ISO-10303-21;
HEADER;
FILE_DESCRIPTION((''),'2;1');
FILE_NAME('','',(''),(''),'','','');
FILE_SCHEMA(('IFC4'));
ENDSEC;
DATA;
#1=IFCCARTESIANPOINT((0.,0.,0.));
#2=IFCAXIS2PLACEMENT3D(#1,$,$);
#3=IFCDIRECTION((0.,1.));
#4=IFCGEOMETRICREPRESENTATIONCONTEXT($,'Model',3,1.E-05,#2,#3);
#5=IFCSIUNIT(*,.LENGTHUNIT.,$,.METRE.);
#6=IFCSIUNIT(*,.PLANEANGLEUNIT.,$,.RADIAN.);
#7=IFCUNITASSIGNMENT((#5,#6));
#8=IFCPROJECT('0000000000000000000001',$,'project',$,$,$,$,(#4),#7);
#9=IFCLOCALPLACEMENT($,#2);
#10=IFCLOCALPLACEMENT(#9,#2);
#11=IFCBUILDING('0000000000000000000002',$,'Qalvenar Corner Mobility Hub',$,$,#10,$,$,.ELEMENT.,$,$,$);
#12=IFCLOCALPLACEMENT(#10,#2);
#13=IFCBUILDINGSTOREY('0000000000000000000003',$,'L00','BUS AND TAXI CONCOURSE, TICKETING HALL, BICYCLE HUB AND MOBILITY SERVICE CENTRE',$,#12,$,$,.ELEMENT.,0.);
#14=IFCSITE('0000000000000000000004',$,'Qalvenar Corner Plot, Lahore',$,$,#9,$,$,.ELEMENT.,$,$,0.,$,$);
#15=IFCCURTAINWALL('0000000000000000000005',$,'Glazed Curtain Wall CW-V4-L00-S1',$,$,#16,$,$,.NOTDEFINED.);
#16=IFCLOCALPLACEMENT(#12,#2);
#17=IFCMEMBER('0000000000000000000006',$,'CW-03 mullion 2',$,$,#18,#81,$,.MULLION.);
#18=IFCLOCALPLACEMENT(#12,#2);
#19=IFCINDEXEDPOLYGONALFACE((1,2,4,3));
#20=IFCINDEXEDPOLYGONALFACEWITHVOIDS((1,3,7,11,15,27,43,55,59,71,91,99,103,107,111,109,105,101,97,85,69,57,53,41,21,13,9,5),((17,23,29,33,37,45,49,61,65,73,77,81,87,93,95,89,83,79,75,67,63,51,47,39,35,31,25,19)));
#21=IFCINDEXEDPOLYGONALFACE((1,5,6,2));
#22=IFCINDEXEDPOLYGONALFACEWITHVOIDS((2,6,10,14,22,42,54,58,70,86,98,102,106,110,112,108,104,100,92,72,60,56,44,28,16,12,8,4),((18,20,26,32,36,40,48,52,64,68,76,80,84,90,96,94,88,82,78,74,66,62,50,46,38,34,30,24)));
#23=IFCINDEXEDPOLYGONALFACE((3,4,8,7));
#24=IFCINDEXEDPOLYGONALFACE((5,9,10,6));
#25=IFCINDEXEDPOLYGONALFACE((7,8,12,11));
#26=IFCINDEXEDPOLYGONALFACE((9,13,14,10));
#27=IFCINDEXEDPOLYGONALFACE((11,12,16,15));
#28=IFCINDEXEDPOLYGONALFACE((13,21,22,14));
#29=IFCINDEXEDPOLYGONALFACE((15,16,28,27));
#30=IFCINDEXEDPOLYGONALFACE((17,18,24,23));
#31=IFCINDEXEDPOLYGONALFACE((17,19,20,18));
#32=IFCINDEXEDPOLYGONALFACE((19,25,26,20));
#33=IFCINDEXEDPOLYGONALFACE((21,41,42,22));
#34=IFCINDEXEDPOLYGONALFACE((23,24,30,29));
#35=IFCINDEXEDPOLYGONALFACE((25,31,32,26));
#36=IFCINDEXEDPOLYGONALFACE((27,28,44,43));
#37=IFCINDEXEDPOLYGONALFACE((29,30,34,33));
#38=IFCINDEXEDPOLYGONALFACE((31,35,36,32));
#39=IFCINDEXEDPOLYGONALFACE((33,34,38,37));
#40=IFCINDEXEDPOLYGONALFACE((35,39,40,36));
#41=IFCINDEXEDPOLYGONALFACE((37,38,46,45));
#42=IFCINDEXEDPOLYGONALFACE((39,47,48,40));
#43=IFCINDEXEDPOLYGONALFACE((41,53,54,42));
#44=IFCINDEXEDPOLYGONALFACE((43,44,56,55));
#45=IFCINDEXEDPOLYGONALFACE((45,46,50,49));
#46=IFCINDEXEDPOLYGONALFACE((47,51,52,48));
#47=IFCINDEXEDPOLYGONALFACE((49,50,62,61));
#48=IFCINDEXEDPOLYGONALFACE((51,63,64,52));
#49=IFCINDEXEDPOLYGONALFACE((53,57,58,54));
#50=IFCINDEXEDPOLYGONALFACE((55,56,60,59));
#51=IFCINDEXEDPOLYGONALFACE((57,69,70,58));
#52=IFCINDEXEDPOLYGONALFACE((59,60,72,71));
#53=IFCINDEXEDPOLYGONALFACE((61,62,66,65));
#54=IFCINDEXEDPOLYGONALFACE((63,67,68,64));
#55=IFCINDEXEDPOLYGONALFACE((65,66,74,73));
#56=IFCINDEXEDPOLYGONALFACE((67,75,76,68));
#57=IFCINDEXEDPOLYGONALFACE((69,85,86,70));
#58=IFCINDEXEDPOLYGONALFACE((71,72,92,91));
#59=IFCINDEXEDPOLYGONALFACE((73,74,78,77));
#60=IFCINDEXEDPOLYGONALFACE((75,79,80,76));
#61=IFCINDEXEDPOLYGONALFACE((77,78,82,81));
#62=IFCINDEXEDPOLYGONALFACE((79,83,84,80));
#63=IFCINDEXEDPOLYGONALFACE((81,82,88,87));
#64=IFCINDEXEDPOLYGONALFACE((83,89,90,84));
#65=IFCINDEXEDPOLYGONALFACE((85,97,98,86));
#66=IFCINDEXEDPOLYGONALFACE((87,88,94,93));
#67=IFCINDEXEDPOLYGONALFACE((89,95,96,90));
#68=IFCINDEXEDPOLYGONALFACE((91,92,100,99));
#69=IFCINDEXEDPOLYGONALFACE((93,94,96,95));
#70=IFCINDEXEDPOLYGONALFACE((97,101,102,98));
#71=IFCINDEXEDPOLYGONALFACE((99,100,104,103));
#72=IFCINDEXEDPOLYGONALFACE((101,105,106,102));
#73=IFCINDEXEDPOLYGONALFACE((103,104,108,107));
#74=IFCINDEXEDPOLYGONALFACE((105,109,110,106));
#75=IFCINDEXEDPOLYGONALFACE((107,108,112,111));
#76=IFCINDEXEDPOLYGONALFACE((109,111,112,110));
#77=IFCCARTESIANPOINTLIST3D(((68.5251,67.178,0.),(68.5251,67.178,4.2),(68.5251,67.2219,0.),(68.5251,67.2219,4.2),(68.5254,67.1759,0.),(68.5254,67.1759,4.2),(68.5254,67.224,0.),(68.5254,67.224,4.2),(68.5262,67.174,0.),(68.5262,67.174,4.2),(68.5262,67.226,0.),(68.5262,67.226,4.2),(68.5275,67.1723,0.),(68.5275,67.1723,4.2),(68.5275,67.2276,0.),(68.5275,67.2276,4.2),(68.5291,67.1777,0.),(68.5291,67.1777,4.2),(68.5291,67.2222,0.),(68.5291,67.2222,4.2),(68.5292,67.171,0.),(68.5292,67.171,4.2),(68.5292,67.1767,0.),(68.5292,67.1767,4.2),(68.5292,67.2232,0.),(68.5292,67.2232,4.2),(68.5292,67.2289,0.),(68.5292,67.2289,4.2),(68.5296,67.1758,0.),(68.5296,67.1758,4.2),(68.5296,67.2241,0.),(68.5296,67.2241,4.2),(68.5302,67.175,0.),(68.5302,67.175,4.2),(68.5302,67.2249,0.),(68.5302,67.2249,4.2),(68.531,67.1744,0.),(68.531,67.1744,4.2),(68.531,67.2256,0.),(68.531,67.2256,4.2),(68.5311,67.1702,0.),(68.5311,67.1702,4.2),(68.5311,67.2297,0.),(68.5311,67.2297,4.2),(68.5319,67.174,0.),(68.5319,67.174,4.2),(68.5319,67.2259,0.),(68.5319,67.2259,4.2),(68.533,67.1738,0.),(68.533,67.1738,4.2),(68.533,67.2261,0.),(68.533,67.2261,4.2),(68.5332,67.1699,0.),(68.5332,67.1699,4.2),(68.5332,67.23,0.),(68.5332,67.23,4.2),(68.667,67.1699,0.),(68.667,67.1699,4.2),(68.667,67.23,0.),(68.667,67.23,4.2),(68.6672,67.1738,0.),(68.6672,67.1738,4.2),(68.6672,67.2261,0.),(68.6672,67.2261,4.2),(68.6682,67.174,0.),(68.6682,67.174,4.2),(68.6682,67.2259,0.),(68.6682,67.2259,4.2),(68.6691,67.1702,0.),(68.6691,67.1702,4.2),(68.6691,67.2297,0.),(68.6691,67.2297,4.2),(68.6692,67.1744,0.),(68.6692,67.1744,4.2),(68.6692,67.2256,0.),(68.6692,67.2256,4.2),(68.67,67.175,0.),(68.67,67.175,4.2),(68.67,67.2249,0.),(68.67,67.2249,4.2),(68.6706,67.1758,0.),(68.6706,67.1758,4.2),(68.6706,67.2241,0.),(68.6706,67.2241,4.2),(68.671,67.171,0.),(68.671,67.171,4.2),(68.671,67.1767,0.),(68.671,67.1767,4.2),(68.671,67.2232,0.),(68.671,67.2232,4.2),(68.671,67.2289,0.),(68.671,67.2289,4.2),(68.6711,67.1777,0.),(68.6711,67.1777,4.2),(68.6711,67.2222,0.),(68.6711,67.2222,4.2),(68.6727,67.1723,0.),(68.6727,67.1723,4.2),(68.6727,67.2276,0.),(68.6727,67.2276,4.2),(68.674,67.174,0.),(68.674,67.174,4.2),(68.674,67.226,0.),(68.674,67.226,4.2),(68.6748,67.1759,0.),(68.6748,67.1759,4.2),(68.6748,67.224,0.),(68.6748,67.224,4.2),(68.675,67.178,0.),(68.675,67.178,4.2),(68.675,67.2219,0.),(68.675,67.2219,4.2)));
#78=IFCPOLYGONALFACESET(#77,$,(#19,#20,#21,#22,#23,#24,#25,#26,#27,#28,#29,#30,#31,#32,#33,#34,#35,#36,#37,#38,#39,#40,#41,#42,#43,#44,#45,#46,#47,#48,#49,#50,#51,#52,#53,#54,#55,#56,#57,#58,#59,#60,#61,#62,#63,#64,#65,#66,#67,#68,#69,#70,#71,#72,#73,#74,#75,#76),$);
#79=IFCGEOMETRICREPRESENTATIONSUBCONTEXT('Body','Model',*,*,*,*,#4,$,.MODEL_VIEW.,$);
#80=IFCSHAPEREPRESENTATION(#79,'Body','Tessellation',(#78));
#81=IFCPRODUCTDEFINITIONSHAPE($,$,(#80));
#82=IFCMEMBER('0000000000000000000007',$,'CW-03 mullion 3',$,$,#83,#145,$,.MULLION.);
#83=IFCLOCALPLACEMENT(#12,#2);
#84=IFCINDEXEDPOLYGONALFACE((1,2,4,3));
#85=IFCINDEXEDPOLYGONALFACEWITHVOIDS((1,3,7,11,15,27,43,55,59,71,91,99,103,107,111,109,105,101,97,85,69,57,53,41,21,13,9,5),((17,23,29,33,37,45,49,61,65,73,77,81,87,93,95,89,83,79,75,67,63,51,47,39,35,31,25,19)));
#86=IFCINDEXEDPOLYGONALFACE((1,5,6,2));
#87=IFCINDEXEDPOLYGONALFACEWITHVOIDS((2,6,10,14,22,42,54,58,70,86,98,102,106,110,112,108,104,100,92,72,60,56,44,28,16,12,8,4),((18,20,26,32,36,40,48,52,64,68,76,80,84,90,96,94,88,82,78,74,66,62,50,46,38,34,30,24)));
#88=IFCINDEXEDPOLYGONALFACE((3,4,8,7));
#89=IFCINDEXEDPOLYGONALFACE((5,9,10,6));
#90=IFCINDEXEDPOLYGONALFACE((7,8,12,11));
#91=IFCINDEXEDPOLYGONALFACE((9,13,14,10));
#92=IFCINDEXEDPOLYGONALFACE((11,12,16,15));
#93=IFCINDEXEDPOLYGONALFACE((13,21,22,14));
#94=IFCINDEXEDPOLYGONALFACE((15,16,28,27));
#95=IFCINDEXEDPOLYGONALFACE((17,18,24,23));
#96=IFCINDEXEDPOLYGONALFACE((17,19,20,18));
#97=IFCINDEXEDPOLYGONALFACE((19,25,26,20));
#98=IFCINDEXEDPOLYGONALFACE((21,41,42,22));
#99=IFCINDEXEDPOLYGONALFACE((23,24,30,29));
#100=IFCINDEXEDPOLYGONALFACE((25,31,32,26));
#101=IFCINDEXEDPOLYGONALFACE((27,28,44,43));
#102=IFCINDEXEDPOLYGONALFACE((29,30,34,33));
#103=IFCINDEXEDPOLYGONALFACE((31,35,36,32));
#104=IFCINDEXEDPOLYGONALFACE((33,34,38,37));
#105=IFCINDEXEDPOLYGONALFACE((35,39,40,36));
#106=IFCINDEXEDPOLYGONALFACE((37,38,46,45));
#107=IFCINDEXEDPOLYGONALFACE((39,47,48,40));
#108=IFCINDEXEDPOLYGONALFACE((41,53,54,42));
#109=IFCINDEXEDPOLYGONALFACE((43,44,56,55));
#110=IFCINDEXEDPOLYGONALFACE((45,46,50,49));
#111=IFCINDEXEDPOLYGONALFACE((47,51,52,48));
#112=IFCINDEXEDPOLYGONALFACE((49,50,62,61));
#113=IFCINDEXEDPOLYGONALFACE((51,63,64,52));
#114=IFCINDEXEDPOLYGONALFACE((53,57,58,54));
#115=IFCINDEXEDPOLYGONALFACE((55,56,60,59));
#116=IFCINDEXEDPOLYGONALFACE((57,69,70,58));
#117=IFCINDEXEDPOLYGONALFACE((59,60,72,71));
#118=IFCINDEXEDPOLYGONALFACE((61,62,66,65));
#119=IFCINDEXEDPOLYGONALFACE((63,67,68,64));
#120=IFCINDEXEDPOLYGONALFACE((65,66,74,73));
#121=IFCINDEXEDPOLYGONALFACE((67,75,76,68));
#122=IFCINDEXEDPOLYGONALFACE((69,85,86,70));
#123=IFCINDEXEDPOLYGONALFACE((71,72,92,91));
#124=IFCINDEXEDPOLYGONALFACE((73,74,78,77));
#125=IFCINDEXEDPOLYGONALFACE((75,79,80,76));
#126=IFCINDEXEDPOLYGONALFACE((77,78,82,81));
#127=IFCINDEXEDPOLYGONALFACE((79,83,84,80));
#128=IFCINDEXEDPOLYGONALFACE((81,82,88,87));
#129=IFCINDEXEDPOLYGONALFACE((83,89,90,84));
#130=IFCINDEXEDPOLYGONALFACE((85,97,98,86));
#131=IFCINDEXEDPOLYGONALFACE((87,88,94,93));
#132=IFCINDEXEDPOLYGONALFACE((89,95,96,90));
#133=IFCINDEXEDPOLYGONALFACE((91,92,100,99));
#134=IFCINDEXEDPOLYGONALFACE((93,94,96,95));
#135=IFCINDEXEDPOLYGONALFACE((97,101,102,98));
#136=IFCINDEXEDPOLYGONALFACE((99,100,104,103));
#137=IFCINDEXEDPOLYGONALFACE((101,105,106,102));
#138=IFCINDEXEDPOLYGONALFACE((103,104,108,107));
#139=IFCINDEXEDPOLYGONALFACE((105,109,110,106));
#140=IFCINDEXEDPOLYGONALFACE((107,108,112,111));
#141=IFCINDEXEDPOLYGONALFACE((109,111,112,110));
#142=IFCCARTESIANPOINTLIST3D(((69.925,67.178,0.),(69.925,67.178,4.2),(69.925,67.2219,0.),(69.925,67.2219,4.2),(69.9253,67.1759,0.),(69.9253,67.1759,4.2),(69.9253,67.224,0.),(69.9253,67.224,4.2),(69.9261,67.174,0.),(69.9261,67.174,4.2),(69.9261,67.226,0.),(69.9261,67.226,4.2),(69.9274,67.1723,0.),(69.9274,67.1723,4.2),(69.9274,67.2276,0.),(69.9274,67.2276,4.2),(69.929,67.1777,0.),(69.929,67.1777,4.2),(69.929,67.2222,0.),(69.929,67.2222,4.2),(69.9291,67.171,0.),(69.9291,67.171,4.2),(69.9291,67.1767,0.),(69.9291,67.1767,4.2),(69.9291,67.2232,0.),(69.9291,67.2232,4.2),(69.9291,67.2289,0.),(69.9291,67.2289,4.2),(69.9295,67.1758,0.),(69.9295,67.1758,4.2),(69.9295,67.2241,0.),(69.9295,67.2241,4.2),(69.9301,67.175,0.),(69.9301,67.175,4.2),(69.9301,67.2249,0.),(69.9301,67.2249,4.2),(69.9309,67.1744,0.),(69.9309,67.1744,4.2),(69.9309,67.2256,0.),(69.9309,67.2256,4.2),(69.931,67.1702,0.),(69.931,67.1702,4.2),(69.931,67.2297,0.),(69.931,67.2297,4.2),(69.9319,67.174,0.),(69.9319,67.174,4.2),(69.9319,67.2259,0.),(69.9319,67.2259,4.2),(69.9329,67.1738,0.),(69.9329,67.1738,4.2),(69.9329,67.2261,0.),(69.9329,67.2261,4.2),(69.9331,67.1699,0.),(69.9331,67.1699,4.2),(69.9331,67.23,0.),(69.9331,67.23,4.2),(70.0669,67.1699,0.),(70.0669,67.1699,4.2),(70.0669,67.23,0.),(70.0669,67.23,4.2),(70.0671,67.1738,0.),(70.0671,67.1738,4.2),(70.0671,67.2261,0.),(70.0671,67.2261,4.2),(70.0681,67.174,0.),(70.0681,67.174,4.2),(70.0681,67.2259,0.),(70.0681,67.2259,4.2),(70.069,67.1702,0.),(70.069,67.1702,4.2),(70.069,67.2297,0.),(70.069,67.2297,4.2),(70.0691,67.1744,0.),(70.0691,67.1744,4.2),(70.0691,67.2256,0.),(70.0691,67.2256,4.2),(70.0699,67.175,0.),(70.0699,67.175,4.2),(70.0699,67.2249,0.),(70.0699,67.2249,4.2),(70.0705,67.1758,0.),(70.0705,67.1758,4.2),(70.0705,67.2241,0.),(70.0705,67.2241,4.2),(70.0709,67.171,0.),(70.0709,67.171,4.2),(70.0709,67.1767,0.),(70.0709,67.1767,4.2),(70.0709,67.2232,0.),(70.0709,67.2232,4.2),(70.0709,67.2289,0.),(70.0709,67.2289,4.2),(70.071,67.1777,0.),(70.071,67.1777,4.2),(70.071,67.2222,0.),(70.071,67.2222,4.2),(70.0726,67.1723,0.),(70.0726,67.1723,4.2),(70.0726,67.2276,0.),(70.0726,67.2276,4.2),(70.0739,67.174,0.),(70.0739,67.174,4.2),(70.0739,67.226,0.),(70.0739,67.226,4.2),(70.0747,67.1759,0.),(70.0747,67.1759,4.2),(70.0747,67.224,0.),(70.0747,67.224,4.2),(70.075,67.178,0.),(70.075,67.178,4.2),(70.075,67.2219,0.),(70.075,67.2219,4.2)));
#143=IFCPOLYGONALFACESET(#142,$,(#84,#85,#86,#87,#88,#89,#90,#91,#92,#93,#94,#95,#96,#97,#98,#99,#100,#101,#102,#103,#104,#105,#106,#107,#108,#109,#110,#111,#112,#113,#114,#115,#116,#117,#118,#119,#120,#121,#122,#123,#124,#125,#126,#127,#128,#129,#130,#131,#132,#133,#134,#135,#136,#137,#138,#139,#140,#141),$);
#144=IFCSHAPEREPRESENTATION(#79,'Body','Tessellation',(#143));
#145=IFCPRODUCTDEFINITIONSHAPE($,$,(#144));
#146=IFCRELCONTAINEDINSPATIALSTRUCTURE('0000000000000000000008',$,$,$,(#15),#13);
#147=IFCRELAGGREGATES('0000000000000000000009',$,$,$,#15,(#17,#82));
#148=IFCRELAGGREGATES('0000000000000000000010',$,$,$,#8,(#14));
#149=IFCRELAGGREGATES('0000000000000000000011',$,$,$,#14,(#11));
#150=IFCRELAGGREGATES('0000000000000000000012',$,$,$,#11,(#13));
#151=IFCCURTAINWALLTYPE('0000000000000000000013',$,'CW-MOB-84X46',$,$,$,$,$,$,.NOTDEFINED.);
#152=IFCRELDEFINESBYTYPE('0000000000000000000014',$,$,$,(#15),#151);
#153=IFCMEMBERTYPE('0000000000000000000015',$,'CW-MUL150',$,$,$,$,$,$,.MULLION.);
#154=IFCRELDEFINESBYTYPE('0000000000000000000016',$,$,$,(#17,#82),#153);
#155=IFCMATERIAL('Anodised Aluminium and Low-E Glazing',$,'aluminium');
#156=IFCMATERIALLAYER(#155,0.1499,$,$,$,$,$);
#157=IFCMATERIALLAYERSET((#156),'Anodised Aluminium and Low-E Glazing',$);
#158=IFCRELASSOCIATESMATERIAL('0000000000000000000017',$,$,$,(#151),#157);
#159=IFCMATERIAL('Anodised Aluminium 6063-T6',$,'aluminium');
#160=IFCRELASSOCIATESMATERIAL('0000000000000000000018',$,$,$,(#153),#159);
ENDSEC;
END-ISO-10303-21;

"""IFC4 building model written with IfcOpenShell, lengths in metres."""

from ifc_helpers import new_model, si_unit, direction, frame, origin, origin_2d, place, context, subcontext, project, spatial, hollow_rectangle, extrude, material, layer, layer_set, material_profile, profile_set, type_object, element, aggregate, save


model = new_model("IFC4")

# Units and contexts
model_context = context("Model", 3, precision=1e-05, world=origin(), true_north=direction((0.0, 1.0)))
body_context = subcontext(model_context, "Body", "Model", "MODEL_VIEW")
ifc_project = project(units=[si_unit("LENGTHUNIT", "METRE"), si_unit("PLANEANGLEUNIT", "RADIAN")], contexts=[model_context])

# Site, building, storey
site_placement = place(None, origin())
site = spatial("IfcSite", under=ifc_project, at=site_placement, Name="Qalvenar Corner Plot, Lahore", CompositionType="ELEMENT", RefElevation=0.0)
building_placement = place(site_placement, origin())
building = spatial("IfcBuilding", under=site, at=building_placement, Name="Qalvenar Corner Mobility Hub", CompositionType="ELEMENT")
storey_placement = place(building_placement, origin())
storey = spatial("IfcBuildingStorey", under=building, at=storey_placement, Name="L00", Description="BUS AND TAXI CONCOURSE, TICKETING HALL, BICYCLE HUB AND MOBILITY SERVICE CENTRE", CompositionType="ELEMENT", Elevation=0.0)

# Curtain wall, members
ifc_material_1 = material(Name="Anodised Aluminium and Low-E Glazing", Category="aluminium")
ifc_layer_1 = layer(ifc_material_1, 0.1499)
ifc_layer_set_1 = layer_set([ifc_layer_1], Name="Anodised Aluminium and Low-E Glazing")
curtain_wall_type = type_object("IfcCurtainWallType", Name="CW-MOB-84X46", PredefinedType="NOTDEFINED", material=ifc_layer_set_1)
curtain_wall_placement = place(storey_placement, origin())
curtain_wall = element("IfcCurtainWall", 1, at=curtain_wall_placement, inside=storey, type_object=curtain_wall_type, Name="Glazed Curtain Wall CW-V4-L00-S1", PredefinedType="NOTDEFINED")
ifc_material_2 = material(Name="Anodised Aluminium 6063-T6", Category="aluminium")
ifc_material_profile_1 = material_profile(ifc_material_2, hollow_rectangle(XDim=0.0601, YDim=0.1499, WallThickness=0.0039, InnerFilletRadius=0.0039, OuterFilletRadius=0.0081, at=origin_2d()), Name="RHS150x60x4")
ifc_profile_set_1 = profile_set([ifc_material_profile_1], Name="Anodised Aluminium 6063-T6")
member_type_1 = type_object("IfcMemberType", Name="CW-MUL150", PredefinedType="MULLION", material=ifc_profile_set_1)
member_1_placement = place(storey_placement, frame((68.6001, 67.2, 0.0), z_axis=(0.0, 0.0, 1.0), x_axis=(0.0, 1.0, 0.0)))
member_1 = element("IfcMember", 2, at=member_1_placement, type_object=member_type_1, Name="CW-03 mullion 2", PredefinedType="MULLION", context=body_context, shape_type="SweptSolid", body=[
    extrude(hollow_rectangle(XDim=0.0601, YDim=0.1499, WallThickness=0.0039, InnerFilletRadius=0.0039, OuterFilletRadius=0.0081, at=origin_2d()), origin(), (0.0, 0.0, 1.0), 4.2),
])
member_2_placement = place(storey_placement, frame((70.0, 67.2, 0.0), z_axis=(0.0, 0.0, 1.0), x_axis=(0.0, 1.0, 0.0)))
member_2 = element("IfcMember", 3, at=member_2_placement, type_object=member_type_1, Name="CW-03 mullion 3", PredefinedType="MULLION", context=body_context, shape_type="SweptSolid", body=[
    extrude(hollow_rectangle(XDim=0.0601, YDim=0.1499, WallThickness=0.0039, InnerFilletRadius=0.0039, OuterFilletRadius=0.0081, at=origin_2d()), origin(), (0.0, 0.0, 1.0), 4.2),
])
aggregate(curtain_wall, [member_1, member_2])

save(model, "model.ifc")
